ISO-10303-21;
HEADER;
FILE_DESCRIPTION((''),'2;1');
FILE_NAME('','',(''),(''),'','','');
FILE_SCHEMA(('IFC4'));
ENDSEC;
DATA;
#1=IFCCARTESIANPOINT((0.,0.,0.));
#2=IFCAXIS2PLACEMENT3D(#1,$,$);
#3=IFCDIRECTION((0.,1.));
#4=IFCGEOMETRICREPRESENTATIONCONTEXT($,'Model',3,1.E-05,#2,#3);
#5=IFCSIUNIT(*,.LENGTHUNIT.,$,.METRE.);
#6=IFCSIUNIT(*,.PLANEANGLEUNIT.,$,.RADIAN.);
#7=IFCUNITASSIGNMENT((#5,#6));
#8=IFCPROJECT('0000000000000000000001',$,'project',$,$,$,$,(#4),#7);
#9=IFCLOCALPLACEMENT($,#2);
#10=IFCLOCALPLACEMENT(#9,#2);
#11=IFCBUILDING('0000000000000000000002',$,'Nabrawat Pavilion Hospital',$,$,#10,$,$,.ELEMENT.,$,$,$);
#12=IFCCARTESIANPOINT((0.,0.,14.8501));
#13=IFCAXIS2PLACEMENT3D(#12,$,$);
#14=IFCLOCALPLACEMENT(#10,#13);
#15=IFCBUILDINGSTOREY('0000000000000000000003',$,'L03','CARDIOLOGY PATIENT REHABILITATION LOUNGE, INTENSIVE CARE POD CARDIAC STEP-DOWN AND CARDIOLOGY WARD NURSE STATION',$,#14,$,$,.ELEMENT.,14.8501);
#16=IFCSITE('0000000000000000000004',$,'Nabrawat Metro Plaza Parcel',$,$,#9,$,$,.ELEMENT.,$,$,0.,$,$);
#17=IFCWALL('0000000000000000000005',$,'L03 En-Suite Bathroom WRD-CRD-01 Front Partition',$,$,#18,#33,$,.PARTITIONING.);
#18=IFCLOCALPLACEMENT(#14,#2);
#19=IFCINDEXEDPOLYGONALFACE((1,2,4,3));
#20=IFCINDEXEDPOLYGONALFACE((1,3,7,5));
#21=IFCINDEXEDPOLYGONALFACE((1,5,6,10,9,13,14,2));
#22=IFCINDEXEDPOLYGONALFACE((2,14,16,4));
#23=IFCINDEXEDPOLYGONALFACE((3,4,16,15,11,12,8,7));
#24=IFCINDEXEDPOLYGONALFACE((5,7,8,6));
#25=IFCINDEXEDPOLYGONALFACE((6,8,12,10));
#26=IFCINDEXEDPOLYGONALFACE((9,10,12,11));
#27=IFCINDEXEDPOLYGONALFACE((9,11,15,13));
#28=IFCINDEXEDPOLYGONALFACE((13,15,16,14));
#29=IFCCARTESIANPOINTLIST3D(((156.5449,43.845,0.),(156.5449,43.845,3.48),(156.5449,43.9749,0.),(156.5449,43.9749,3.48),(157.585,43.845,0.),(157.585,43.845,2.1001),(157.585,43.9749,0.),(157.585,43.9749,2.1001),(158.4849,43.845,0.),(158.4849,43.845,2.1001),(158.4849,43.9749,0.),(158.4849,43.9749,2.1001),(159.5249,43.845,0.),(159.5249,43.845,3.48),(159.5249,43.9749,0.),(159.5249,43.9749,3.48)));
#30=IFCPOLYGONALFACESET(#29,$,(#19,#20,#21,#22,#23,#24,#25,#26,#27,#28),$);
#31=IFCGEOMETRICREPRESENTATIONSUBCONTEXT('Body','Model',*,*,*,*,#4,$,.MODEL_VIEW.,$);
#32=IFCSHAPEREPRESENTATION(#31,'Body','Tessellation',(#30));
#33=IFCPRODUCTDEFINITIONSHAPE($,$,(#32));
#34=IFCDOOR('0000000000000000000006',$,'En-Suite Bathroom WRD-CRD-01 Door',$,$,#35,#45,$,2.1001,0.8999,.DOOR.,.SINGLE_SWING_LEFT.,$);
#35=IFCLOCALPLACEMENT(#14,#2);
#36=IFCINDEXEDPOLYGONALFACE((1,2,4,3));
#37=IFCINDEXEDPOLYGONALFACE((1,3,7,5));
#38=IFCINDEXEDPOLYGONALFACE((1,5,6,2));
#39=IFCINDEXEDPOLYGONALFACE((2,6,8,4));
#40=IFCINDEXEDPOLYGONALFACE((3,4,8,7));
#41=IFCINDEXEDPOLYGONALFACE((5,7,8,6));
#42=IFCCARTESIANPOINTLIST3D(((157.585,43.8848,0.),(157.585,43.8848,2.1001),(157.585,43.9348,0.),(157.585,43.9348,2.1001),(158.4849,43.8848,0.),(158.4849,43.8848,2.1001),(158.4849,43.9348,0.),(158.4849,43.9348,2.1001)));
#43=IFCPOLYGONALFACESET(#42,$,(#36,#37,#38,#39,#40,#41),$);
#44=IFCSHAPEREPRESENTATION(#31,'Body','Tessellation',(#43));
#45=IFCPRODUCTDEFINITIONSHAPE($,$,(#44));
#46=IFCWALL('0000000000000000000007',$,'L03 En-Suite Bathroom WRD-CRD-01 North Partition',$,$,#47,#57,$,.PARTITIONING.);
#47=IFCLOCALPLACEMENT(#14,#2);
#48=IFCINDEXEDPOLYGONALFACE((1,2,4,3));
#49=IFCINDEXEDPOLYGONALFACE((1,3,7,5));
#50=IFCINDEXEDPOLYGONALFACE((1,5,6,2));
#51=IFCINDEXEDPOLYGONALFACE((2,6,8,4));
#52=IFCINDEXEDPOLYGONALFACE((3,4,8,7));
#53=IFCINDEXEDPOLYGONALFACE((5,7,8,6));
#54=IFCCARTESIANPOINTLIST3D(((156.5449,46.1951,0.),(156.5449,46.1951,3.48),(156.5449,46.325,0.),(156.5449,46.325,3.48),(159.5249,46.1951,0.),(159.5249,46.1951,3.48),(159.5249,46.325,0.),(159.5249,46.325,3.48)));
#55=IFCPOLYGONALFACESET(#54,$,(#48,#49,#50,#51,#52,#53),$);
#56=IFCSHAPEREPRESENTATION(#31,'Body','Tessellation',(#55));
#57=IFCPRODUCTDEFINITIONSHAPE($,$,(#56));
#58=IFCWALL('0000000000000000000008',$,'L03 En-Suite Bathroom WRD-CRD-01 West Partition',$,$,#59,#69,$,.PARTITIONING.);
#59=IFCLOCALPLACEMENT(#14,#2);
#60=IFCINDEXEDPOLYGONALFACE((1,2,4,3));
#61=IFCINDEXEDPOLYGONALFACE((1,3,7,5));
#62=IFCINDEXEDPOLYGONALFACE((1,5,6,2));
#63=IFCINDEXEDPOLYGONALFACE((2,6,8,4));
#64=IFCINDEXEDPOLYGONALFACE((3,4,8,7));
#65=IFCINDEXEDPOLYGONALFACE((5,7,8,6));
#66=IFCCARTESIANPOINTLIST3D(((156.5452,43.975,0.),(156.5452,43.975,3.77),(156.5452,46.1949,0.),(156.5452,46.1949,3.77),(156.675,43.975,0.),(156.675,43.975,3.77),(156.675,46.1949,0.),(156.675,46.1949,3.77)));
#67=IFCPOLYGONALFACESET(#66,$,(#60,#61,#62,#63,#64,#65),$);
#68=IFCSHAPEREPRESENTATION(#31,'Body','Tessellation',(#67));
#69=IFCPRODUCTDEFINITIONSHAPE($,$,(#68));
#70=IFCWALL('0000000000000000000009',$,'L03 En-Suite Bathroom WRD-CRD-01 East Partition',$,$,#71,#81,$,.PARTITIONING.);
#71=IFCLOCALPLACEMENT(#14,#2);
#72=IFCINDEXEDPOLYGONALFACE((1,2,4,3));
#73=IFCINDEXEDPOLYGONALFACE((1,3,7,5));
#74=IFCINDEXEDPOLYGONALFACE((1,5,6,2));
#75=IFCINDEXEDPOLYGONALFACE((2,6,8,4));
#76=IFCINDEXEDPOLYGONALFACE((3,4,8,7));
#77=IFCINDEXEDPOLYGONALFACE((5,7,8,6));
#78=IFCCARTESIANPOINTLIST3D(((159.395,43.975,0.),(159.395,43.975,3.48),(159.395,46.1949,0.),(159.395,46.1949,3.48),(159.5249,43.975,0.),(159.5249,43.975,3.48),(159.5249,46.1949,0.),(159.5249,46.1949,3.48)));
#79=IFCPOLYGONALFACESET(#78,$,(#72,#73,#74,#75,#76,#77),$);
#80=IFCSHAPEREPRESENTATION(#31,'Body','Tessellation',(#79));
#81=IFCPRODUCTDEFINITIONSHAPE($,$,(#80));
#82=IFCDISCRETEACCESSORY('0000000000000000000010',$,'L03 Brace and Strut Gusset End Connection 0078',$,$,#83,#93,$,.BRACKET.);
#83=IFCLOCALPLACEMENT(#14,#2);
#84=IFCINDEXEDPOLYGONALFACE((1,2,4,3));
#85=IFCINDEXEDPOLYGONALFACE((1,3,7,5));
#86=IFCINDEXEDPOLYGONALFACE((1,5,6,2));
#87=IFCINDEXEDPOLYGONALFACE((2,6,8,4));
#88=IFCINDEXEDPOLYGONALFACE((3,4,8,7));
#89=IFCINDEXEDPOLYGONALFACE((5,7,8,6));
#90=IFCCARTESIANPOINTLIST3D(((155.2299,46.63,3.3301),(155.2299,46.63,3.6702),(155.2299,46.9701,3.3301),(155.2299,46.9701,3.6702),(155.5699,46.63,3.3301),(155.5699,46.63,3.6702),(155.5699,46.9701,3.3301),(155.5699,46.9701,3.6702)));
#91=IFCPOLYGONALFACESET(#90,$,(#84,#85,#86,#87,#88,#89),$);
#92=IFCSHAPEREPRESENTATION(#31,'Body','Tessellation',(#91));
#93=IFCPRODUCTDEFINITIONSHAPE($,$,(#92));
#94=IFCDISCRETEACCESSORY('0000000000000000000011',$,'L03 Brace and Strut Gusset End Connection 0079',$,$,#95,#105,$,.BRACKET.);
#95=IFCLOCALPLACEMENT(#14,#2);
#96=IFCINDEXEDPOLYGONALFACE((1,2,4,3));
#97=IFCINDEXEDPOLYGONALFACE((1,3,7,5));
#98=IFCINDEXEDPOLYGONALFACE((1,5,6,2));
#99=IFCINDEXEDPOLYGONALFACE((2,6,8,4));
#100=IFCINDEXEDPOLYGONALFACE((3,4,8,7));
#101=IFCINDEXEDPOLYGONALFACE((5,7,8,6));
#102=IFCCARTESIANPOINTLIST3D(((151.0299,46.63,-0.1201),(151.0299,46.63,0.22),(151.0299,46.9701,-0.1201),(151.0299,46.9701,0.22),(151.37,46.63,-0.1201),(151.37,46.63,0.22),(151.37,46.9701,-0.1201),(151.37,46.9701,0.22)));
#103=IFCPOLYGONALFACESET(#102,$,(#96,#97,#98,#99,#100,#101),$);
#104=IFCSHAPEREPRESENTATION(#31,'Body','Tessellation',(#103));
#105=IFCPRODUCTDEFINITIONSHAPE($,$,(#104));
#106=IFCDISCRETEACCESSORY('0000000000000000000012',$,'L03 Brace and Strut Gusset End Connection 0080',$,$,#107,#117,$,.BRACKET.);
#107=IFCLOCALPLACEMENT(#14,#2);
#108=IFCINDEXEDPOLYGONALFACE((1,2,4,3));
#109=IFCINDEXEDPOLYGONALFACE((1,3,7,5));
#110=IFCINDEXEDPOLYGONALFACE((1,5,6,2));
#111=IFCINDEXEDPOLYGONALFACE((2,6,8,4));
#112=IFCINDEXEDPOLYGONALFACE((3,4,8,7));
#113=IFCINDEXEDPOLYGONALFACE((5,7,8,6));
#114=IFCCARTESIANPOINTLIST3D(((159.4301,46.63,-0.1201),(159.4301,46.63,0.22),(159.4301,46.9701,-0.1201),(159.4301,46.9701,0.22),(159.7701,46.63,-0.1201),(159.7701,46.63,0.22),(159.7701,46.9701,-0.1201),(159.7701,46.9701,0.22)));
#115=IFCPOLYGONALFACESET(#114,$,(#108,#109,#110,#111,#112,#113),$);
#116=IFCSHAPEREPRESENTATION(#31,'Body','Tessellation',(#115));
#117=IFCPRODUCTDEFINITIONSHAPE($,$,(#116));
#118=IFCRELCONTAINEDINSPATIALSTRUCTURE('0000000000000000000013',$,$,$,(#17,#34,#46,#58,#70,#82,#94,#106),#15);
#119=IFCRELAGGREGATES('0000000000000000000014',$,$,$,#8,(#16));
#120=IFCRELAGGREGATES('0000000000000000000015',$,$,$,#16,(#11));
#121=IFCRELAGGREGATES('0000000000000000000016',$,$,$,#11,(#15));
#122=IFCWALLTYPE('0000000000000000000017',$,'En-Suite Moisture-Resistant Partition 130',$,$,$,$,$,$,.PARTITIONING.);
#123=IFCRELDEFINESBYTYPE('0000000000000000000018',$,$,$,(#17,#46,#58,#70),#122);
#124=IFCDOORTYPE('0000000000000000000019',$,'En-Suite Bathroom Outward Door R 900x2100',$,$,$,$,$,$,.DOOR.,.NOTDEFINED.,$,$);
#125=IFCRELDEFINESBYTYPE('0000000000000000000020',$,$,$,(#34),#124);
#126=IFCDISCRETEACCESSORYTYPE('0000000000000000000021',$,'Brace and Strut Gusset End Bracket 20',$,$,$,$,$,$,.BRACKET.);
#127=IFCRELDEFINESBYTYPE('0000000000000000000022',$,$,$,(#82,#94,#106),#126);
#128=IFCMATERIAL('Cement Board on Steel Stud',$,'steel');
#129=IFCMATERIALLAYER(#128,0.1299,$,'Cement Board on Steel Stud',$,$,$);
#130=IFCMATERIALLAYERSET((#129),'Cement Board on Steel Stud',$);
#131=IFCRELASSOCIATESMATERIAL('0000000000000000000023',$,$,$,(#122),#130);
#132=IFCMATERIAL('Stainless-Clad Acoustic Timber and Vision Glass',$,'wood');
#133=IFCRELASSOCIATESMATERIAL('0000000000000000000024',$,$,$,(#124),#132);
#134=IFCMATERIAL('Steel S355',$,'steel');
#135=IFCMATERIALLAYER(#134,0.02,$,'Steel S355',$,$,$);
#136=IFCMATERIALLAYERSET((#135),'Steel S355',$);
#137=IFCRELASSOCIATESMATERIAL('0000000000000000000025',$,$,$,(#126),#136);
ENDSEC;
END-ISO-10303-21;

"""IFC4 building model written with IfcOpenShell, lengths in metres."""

from ifc_helpers import new_model, si_unit, direction, frame, frame_2d, origin, origin_2d, place, context, subcontext, project, spatial, rectangle, extrude, material, layer, layer_set, type_object, element, fill, save


model = new_model("IFC4")

# Units and contexts
model_context = context("Model", 3, precision=1e-05, world=origin(), true_north=direction((0.0, 1.0)))
body_context = subcontext(model_context, "Body", "Model", "MODEL_VIEW")
ifc_project = project(units=[si_unit("LENGTHUNIT", "METRE"), si_unit("PLANEANGLEUNIT", "RADIAN")], contexts=[model_context])

# Site, building, storey
site_placement = place(None, origin())
site = spatial("IfcSite", under=ifc_project, at=site_placement, Name="Nabrawat Metro Plaza Parcel", CompositionType="ELEMENT", RefElevation=0.0)
building_placement = place(site_placement, origin())
building = spatial("IfcBuilding", under=site, at=building_placement, Name="Nabrawat Pavilion Hospital", CompositionType="ELEMENT")
storey_placement = place(building_placement, frame((0.0, 0.0, 14.8501)))
storey = spatial("IfcBuildingStorey", under=building, at=storey_placement, Name="L03", Description="CARDIOLOGY PATIENT REHABILITATION LOUNGE, INTENSIVE CARE POD CARDIAC STEP-DOWN AND CARDIOLOGY WARD NURSE STATION", CompositionType="ELEMENT", Elevation=14.8501)

# Shared definitions
ifc_material_1 = material(Name="Steel S355", Category="steel")

# Wall, opening, door
ifc_material_2 = material(Name="Stainless-Clad Acoustic Timber and Vision Glass", Category="wood")
ifc_material_3 = material(Name="Cement Board on Steel Stud", Category="steel")
ifc_layer_1 = layer(ifc_material_3, 0.1299, Name="Cement Board on Steel Stud")
ifc_layer_set_1 = layer_set([ifc_layer_1], Name="Cement Board on Steel Stud")
wall_type_1 = type_object("IfcWallType", Name="En-Suite Moisture-Resistant Partition 130", PredefinedType="PARTITIONING", material=ifc_layer_set_1)
wall_1_placement = place(storey_placement, frame((156.5449, 43.9099, 0.0), z_axis=(0.0, 0.0, 1.0), x_axis=(1.0, 0.0, 0.0)))
wall_1 = element("IfcWall", 1, at=wall_1_placement, inside=storey, type_object=wall_type_1, Name="L03 En-Suite Bathroom WRD-CRD-01 Front Partition", PredefinedType="PARTITIONING", context=body_context, shape_type="SweptSolid", body=[
    extrude(rectangle(XDim=2.98, YDim=0.1299, at=frame_2d((1.49, 0.0))), origin(), (0.0, 0.0, 1.0), 3.48),
])
opening_1_placement = place(wall_1_placement, frame((1.04, 0.0, 0.0)))
opening_1 = element("IfcOpeningElement", 2, at=opening_1_placement, cuts=wall_1, PredefinedType="OPENING", context=body_context, shape_type="SweptSolid", body=[
    extrude(rectangle(XDim=0.8999, YDim=2.1001, at=frame_2d((0.45, 1.05))), frame((0.0, 0.075, 0.0), z_axis=(0.0, -1.0, 0.0), x_axis=(1.0, 0.0, 0.0)), (0.0, 0.0, 1.0), 0.1499),
])
door_type_1 = type_object("IfcDoorType", Name="En-Suite Bathroom Outward Door R 900x2100", OperationType="NOTDEFINED", PredefinedType="DOOR", material=ifc_material_2)
door_1_placement = place(opening_1_placement, origin())
door_1 = element("IfcDoor", 3, at=door_1_placement, inside=storey, type_object=door_type_1, Name="En-Suite Bathroom WRD-CRD-01 Door", OperationType="SINGLE_SWING_LEFT", OverallHeight=2.1001, OverallWidth=0.8999, PredefinedType="DOOR", context=body_context, shape_type="SweptSolid", body=[
    extrude(rectangle(XDim=0.8999, YDim=2.1001, at=frame_2d((0.45, 1.05))), frame((0.0, 0.0249, 0.0), z_axis=(0.0, -1.0, 0.0), x_axis=(1.0, 0.0, 0.0)), (0.0, 0.0, 1.0), 0.05),
])
fill(opening_1, door_1)

# Walls
wall_2_placement = place(storey_placement, frame((156.5449, 46.26, 0.0), z_axis=(0.0, 0.0, 1.0), x_axis=(1.0, 0.0, 0.0)))
element("IfcWall", 4, at=wall_2_placement, inside=storey, type_object=wall_type_1, Name="L03 En-Suite Bathroom WRD-CRD-01 North Partition", PredefinedType="PARTITIONING", context=body_context, shape_type="SweptSolid", body=[
    extrude(rectangle(XDim=2.98, YDim=0.1299, at=frame_2d((1.49, 0.0))), origin(), (0.0, 0.0, 1.0), 3.48),
])
wall_3_placement = place(storey_placement, frame((156.6101, 43.9751, 0.0), z_axis=(0.0, 0.0, 1.0), x_axis=(0.0, 1.0, 0.0)))
element("IfcWall", 5, at=wall_3_placement, inside=storey, type_object=wall_type_1, Name="L03 En-Suite Bathroom WRD-CRD-01 West Partition", PredefinedType="PARTITIONING", context=body_context, shape_type="SweptSolid", body=[
    extrude(rectangle(XDim=2.22, YDim=0.1299, at=frame_2d((1.1099, 0.0))), origin(), (0.0, 0.0, 1.0), 3.77),
])
wall_4_placement = place(storey_placement, frame((159.46, 43.9751, 0.0), z_axis=(0.0, 0.0, 1.0), x_axis=(0.0, 1.0, 0.0)))
element("IfcWall", 6, at=wall_4_placement, inside=storey, type_object=wall_type_1, Name="L03 En-Suite Bathroom WRD-CRD-01 East Partition", PredefinedType="PARTITIONING", context=body_context, shape_type="SweptSolid", body=[
    extrude(rectangle(XDim=2.22, YDim=0.1299, at=frame_2d((1.1099, 0.0))), origin(), (0.0, 0.0, 1.0), 3.48),
])

# Discrete accessories
ifc_layer_2 = layer(ifc_material_1, 0.02, Name="Steel S355")
ifc_layer_set_2 = layer_set([ifc_layer_2], Name="Steel S355")
discrete_accessory_type = type_object("IfcDiscreteAccessoryType", Name="Brace and Strut Gusset End Bracket 20", PredefinedType="BRACKET", material=ifc_layer_set_2)
for number, where, z_axis, x_axis, name in (
    (7, (155.3999, 46.8, 3.3301), (0.0, 0.0, 1.0), (1.0, 0.0, 0.0), "L03 Brace and Strut Gusset End Connection 0078"),
    (8, (151.2, 46.8, -0.1201), (0.0, 0.0, 1.0), (1.0, 0.0, 0.0), "L03 Brace and Strut Gusset End Connection 0079"),
    (9, (159.6001, 46.8, -0.1201), (0.0, 0.0, 1.0), (1.0, 0.0, 0.0), "L03 Brace and Strut Gusset End Connection 0080"),
):
    element("IfcDiscreteAccessory", number, at=place(storey_placement, frame(where, z_axis=z_axis, x_axis=x_axis)), inside=storey, type_object=discrete_accessory_type, Name=name, PredefinedType="BRACKET", context=body_context, shape_type="SweptSolid", body=[
        extrude(rectangle(XDim=0.3401, YDim=0.3401, at=origin_2d()), origin(), (0.0, 0.0, 1.0), 0.3401),
    ])

save(model, "model.ifc")
